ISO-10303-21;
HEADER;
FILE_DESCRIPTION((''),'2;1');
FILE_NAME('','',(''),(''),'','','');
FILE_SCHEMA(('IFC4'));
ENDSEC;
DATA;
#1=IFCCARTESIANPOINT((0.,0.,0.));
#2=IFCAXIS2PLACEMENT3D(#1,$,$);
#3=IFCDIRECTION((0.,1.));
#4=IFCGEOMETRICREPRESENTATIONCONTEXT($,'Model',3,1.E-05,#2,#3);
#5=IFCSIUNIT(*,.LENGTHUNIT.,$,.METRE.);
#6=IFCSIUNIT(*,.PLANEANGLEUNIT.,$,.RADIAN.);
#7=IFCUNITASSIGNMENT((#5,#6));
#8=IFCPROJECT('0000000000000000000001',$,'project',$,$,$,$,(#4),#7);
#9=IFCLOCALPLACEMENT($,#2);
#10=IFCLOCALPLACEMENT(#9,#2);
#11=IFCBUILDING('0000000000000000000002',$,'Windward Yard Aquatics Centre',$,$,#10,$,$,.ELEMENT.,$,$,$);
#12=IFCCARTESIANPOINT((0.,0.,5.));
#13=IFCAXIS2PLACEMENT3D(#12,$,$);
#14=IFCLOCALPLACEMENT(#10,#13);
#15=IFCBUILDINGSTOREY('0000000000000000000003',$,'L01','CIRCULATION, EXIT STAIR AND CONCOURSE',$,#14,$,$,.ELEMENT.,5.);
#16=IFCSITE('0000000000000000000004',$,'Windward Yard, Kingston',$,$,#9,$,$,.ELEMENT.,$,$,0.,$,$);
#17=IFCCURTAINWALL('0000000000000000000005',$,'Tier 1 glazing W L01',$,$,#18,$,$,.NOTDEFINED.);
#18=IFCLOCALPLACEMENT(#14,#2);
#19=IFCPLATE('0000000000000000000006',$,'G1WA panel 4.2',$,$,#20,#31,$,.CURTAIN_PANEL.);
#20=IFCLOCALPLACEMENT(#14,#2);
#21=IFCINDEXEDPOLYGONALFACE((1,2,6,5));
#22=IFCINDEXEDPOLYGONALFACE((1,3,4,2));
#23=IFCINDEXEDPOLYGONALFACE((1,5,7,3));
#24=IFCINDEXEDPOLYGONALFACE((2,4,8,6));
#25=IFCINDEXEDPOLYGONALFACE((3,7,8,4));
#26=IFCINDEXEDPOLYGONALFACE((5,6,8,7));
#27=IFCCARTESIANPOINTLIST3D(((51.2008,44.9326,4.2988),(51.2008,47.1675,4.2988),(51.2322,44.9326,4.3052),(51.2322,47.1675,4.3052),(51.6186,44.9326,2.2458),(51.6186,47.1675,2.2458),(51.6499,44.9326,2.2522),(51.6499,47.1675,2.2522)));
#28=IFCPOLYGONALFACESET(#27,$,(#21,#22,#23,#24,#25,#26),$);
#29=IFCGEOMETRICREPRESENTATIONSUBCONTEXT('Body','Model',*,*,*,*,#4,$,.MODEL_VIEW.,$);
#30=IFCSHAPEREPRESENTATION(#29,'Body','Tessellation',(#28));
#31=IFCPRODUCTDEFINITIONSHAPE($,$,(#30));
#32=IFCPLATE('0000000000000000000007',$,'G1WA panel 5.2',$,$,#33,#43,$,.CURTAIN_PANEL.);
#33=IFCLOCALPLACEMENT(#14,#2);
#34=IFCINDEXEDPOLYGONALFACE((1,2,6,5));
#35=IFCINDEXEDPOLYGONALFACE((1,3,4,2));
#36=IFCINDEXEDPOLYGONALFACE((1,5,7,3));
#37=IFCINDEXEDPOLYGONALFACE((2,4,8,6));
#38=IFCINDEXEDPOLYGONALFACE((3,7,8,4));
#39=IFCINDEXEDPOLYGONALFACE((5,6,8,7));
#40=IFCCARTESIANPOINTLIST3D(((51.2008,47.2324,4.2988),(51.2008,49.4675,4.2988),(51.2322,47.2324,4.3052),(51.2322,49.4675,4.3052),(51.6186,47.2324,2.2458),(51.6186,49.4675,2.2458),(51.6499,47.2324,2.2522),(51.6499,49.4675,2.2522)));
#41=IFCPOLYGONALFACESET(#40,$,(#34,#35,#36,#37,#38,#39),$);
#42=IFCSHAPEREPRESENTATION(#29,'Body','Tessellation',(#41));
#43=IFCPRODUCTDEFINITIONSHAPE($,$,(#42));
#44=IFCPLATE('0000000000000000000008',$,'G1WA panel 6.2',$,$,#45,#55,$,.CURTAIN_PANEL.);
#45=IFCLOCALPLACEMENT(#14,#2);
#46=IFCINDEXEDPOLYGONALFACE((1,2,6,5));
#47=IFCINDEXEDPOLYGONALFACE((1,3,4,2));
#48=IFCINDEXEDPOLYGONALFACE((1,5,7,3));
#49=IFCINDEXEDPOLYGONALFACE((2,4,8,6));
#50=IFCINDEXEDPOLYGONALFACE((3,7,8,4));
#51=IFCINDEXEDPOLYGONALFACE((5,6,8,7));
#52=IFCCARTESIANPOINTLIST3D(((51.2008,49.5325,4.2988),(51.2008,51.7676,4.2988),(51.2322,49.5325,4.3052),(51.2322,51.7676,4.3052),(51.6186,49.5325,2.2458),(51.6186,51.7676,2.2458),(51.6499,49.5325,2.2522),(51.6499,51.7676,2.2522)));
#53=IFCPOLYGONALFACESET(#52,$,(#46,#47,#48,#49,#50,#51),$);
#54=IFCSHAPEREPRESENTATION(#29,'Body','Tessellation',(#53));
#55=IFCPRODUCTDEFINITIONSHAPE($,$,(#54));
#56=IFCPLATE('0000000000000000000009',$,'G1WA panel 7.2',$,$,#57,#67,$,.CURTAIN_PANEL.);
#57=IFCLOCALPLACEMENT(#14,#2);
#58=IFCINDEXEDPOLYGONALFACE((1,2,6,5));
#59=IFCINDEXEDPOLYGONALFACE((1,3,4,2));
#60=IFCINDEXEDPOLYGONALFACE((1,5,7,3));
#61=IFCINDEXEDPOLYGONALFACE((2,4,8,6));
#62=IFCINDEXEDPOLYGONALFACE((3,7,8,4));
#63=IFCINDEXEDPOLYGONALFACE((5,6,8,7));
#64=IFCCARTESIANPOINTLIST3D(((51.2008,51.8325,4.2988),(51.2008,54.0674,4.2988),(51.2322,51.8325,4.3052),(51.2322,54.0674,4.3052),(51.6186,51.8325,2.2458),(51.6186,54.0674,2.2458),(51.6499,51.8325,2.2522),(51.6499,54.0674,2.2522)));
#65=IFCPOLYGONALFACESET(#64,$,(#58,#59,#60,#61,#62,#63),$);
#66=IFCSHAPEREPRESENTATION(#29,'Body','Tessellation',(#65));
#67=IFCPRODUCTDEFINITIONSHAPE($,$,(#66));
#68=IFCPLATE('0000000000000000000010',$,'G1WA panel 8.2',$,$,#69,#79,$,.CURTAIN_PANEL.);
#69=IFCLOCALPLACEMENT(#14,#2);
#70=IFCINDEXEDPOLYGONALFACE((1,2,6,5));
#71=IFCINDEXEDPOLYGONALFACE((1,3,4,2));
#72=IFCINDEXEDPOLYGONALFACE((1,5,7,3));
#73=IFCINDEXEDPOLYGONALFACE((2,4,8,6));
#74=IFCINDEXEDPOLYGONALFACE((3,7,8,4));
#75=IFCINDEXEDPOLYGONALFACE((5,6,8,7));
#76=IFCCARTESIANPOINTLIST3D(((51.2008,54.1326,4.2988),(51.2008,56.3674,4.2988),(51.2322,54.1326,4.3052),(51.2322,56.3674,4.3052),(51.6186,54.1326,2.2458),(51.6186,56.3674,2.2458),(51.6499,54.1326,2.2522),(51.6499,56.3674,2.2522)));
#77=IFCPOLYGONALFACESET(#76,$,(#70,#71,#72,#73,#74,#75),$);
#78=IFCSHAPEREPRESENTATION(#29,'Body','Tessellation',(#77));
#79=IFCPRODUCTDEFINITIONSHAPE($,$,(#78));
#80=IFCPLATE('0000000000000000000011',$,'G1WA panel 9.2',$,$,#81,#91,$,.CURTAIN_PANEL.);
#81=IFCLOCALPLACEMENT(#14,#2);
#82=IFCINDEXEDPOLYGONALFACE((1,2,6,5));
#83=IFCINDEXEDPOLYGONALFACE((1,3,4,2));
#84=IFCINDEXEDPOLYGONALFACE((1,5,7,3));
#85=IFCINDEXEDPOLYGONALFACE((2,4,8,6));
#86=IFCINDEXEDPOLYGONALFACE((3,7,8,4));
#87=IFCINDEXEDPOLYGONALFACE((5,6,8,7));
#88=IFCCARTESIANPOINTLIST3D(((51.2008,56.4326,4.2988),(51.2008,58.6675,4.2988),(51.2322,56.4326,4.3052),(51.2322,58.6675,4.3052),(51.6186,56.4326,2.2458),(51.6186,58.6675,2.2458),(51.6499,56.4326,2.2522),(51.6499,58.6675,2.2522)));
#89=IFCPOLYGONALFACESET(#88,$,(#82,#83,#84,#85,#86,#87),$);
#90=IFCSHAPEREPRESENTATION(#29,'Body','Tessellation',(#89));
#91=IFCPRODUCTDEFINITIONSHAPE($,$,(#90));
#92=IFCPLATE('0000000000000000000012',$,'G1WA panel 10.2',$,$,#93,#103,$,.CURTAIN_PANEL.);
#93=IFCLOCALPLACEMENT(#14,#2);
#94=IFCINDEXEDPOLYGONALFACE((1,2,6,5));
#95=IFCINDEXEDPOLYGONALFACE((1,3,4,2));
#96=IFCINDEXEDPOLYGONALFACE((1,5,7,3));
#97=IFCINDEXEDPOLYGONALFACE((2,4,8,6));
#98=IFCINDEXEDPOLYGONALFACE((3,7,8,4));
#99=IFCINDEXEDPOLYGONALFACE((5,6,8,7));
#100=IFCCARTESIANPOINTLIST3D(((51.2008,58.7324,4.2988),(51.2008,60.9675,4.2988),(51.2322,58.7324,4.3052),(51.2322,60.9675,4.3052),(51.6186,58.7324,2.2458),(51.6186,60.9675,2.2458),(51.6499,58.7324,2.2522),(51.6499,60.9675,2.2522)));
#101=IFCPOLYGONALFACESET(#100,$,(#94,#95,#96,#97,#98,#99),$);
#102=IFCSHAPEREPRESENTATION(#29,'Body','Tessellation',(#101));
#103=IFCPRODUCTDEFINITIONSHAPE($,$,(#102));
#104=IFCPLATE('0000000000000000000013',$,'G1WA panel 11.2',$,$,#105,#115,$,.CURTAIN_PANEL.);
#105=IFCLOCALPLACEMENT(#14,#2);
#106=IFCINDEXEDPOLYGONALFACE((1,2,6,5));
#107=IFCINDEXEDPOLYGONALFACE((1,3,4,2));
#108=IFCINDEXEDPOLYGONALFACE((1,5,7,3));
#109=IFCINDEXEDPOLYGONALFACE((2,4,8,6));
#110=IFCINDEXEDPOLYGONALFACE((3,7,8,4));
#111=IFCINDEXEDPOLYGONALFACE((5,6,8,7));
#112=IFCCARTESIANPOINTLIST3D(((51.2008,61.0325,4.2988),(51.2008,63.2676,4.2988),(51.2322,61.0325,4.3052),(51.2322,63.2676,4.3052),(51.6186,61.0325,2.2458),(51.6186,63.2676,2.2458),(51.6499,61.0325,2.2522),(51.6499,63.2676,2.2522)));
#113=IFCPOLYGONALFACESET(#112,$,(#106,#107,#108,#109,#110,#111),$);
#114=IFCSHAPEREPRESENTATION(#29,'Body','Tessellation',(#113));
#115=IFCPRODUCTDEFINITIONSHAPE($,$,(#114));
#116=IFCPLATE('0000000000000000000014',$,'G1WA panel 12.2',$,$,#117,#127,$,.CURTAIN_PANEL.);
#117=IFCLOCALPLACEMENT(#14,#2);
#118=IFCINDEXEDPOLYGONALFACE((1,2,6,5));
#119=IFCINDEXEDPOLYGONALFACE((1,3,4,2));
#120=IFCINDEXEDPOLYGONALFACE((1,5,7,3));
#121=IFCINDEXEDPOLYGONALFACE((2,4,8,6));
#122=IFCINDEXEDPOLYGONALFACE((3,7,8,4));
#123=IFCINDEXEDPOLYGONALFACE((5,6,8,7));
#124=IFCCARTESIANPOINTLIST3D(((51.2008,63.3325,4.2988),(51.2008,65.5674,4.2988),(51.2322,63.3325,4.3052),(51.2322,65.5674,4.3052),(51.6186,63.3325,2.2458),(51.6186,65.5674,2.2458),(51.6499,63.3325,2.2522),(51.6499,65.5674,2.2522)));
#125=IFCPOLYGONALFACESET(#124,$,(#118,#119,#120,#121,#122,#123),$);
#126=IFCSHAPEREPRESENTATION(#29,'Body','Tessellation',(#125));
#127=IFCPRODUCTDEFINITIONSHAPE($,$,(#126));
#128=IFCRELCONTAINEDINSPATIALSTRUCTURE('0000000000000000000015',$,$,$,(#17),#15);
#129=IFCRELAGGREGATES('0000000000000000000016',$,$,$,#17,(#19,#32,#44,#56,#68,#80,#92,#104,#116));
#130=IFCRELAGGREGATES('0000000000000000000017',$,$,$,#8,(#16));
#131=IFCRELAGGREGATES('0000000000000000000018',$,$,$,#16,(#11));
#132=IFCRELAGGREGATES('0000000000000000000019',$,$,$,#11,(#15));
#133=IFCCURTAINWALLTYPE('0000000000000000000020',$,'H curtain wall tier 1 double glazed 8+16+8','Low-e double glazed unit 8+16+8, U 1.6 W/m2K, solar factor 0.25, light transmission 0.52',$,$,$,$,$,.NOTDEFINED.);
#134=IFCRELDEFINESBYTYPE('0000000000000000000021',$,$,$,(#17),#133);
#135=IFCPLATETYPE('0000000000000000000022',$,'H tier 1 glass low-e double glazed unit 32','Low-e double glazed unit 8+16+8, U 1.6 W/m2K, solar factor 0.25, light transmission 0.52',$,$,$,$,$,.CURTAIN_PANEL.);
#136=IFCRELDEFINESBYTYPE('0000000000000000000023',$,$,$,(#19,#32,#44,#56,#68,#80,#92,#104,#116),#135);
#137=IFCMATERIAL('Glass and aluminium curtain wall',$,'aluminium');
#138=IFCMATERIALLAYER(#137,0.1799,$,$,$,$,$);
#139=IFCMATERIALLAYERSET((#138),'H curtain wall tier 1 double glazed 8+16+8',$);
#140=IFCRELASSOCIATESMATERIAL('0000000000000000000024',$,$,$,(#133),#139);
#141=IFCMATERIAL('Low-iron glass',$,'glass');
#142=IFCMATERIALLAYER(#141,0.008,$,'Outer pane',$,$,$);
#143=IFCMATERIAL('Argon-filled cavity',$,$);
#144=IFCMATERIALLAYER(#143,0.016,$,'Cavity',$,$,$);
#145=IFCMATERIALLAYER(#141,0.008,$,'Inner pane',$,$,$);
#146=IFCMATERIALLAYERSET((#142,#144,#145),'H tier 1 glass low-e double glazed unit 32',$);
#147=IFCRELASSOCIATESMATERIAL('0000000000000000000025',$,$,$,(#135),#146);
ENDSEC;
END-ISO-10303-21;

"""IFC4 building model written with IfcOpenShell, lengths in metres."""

from ifc_helpers import new_model, si_unit, direction, frame, origin, place, context, subcontext, project, spatial, polyline, outline, extrude, material, layer, layer_set, type_object, element, aggregate, save


model = new_model("IFC4")

# Units and contexts
model_context = context("Model", 3, precision=1e-05, world=origin(), true_north=direction((0.0, 1.0)))
body_context = subcontext(model_context, "Body", "Model", "MODEL_VIEW")
ifc_project = project(units=[si_unit("LENGTHUNIT", "METRE"), si_unit("PLANEANGLEUNIT", "RADIAN")], contexts=[model_context])

# Site, building, storey
site_placement = place(None, origin())
site = spatial("IfcSite", under=ifc_project, at=site_placement, Name="Windward Yard, Kingston", CompositionType="ELEMENT", RefElevation=0.0)
building_placement = place(site_placement, origin())
building = spatial("IfcBuilding", under=site, at=building_placement, Name="Windward Yard Aquatics Centre", CompositionType="ELEMENT")
storey_placement = place(building_placement, frame((0.0, 0.0, 5.0)))
storey = spatial("IfcBuildingStorey", under=building, at=storey_placement, Name="L01", Description="CIRCULATION, EXIT STAIR AND CONCOURSE", CompositionType="ELEMENT", Elevation=5.0)

# Curtain wall, plates
ifc_material_1 = material(Name="Glass and aluminium curtain wall", Category="aluminium")
ifc_layer_1 = layer(ifc_material_1, 0.1799)
ifc_layer_set_1 = layer_set([ifc_layer_1], Name="H curtain wall tier 1 double glazed 8+16+8")
curtain_wall_type = type_object("IfcCurtainWallType", Name="H curtain wall tier 1 double glazed 8+16+8", Description="Low-e double glazed unit 8+16+8, U 1.6 W/m2K, solar factor 0.25, light transmission 0.52", PredefinedType="NOTDEFINED", material=ifc_layer_set_1)
curtain_wall_placement = place(storey_placement, origin())
curtain_wall = element("IfcCurtainWall", 1, at=curtain_wall_placement, inside=storey, type_object=curtain_wall_type, Name="Tier 1 glazing W L01", PredefinedType="NOTDEFINED")
ifc_material_2 = material(Name="Low-iron glass", Category="glass")
ifc_layer_2 = layer(ifc_material_2, 0.008, Name="Outer pane")
ifc_material_3 = material(Name="Argon-filled cavity")
ifc_layer_3 = layer(ifc_material_3, 0.016, Name="Cavity")
ifc_layer_4 = layer(ifc_material_2, 0.008, Name="Inner pane")
ifc_layer_set_2 = layer_set([ifc_layer_2, ifc_layer_3, ifc_layer_4], Name="H tier 1 glass low-e double glazed unit 32")
plate_type = type_object("IfcPlateType", Name="H tier 1 glass low-e double glazed unit 32", Description="Low-e double glazed unit 8+16+8, U 1.6 W/m2K, solar factor 0.25, light transmission 0.52", PredefinedType="CURTAIN_PANEL", material=ifc_layer_set_2)
plate_1_placement = place(storey_placement, frame((51.2322, 44.9326, 4.3052), z_axis=(0.979921, 0.0, 0.199387), x_axis=(0.199387, 0.0, -0.979921)))
plate_1 = element("IfcPlate", 2, at=plate_1_placement, type_object=plate_type, Name="G1WA panel 4.2", PredefinedType="CURTAIN_PANEL", context=body_context, shape_type="SweptSolid", body=[
    extrude(outline(polyline([(0.0, 0.0), (2.095, 0.0), (2.095, 2.2349), (0.0, 2.2349), (0.0, 0.0)])), origin(), (0.0, 0.0, -1.0), 0.032),
])
plate_2_placement = place(storey_placement, frame((51.2322, 47.2324, 4.3052), z_axis=(0.979921, 0.0, 0.199387), x_axis=(0.199387, 0.0, -0.979921)))
plate_2 = element("IfcPlate", 3, at=plate_2_placement, type_object=plate_type, Name="G1WA panel 5.2", PredefinedType="CURTAIN_PANEL", context=body_context, shape_type="SweptSolid", body=[
    extrude(outline(polyline([(0.0, 0.0), (2.095, 0.0), (2.095, 2.2351), (0.0, 2.2351), (0.0, 0.0)])), origin(), (0.0, 0.0, -1.0), 0.032),
])
plate_3_placement = place(storey_placement, frame((51.2322, 49.5325, 4.3052), z_axis=(0.979921, 0.0, 0.199387), x_axis=(0.199387, 0.0, -0.979921)))
plate_3 = element("IfcPlate", 4, at=plate_3_placement, type_object=plate_type, Name="G1WA panel 6.2", PredefinedType="CURTAIN_PANEL", context=body_context, shape_type="SweptSolid", body=[
    extrude(outline(polyline([(0.0, 0.0), (2.095, 0.0), (2.095, 2.2351), (0.0, 2.2351), (0.0, 0.0)])), origin(), (0.0, 0.0, -1.0), 0.032),
])
plate_4_placement = place(storey_placement, frame((51.2322, 51.8325, 4.3052), z_axis=(0.979921, 0.0, 0.199387), x_axis=(0.199387, 0.0, -0.979921)))
plate_4 = element("IfcPlate", 5, at=plate_4_placement, type_object=plate_type, Name="G1WA panel 7.2", PredefinedType="CURTAIN_PANEL", context=body_context, shape_type="SweptSolid", body=[
    extrude(outline(polyline([(0.0, 0.0), (2.095, 0.0), (2.095, 2.2349), (0.0, 2.2349), (0.0, 0.0)])), origin(), (0.0, 0.0, -1.0), 0.032),
])
plate_5_placement = place(storey_placement, frame((51.2322, 54.1326, 4.3052), z_axis=(0.979921, 0.0, 0.199387), x_axis=(0.199387, 0.0, -0.979921)))
plate_5 = element("IfcPlate", 6, at=plate_5_placement, type_object=plate_type, Name="G1WA panel 8.2", PredefinedType="CURTAIN_PANEL", context=body_context, shape_type="SweptSolid", body=[
    extrude(outline(polyline([(0.0, 0.0), (2.095, 0.0), (2.095, 2.2349), (0.0, 2.2349), (0.0, 0.0)])), origin(), (0.0, 0.0, -1.0), 0.032),
])
plate_6_placement = place(storey_placement, frame((51.2322, 56.4326, 4.3052), z_axis=(0.979921, 0.0, 0.199387), x_axis=(0.199387, 0.0, -0.979921)))
plate_6 = element("IfcPlate", 7, at=plate_6_placement, type_object=plate_type, Name="G1WA panel 9.2", PredefinedType="CURTAIN_PANEL", context=body_context, shape_type="SweptSolid", body=[
    extrude(outline(polyline([(0.0, 0.0), (2.095, 0.0), (2.095, 2.2349), (0.0, 2.2349), (0.0, 0.0)])), origin(), (0.0, 0.0, -1.0), 0.032),
])
plate_7_placement = place(storey_placement, frame((51.2322, 58.7324, 4.3052), z_axis=(0.979921, 0.0, 0.199387), x_axis=(0.199387, 0.0, -0.979921)))
plate_7 = element("IfcPlate", 8, at=plate_7_placement, type_object=plate_type, Name="G1WA panel 10.2", PredefinedType="CURTAIN_PANEL", context=body_context, shape_type="SweptSolid", body=[
    extrude(outline(polyline([(0.0, 0.0), (2.095, 0.0), (2.095, 2.2351), (0.0, 2.2351), (0.0, 0.0)])), origin(), (0.0, 0.0, -1.0), 0.032),
])
plate_8_placement = place(storey_placement, frame((51.2322, 61.0325, 4.3052), z_axis=(0.979921, 0.0, 0.199387), x_axis=(0.199387, 0.0, -0.979921)))
plate_8 = element("IfcPlate", 9, at=plate_8_placement, type_object=plate_type, Name="G1WA panel 11.2", PredefinedType="CURTAIN_PANEL", context=body_context, shape_type="SweptSolid", body=[
    extrude(outline(polyline([(0.0, 0.0), (2.095, 0.0), (2.095, 2.2351), (0.0, 2.2351), (0.0, 0.0)])), origin(), (0.0, 0.0, -1.0), 0.032),
])
plate_9_placement = place(storey_placement, frame((51.2322, 63.3325, 4.3052), z_axis=(0.979921, 0.0, 0.199387), x_axis=(0.199387, 0.0, -0.979921)))
plate_9 = element("IfcPlate", 10, at=plate_9_placement, type_object=plate_type, Name="G1WA panel 12.2", PredefinedType="CURTAIN_PANEL", context=body_context, shape_type="SweptSolid", body=[
    extrude(outline(polyline([(0.0, 0.0), (2.095, 0.0), (2.095, 2.2349), (0.0, 2.2349), (0.0, 0.0)])), origin(), (0.0, 0.0, -1.0), 0.032),
])
aggregate(curtain_wall, [plate_1, plate_2, plate_3, plate_4, plate_5, plate_6, plate_7, plate_8, plate_9])

save(model, "model.ifc")
